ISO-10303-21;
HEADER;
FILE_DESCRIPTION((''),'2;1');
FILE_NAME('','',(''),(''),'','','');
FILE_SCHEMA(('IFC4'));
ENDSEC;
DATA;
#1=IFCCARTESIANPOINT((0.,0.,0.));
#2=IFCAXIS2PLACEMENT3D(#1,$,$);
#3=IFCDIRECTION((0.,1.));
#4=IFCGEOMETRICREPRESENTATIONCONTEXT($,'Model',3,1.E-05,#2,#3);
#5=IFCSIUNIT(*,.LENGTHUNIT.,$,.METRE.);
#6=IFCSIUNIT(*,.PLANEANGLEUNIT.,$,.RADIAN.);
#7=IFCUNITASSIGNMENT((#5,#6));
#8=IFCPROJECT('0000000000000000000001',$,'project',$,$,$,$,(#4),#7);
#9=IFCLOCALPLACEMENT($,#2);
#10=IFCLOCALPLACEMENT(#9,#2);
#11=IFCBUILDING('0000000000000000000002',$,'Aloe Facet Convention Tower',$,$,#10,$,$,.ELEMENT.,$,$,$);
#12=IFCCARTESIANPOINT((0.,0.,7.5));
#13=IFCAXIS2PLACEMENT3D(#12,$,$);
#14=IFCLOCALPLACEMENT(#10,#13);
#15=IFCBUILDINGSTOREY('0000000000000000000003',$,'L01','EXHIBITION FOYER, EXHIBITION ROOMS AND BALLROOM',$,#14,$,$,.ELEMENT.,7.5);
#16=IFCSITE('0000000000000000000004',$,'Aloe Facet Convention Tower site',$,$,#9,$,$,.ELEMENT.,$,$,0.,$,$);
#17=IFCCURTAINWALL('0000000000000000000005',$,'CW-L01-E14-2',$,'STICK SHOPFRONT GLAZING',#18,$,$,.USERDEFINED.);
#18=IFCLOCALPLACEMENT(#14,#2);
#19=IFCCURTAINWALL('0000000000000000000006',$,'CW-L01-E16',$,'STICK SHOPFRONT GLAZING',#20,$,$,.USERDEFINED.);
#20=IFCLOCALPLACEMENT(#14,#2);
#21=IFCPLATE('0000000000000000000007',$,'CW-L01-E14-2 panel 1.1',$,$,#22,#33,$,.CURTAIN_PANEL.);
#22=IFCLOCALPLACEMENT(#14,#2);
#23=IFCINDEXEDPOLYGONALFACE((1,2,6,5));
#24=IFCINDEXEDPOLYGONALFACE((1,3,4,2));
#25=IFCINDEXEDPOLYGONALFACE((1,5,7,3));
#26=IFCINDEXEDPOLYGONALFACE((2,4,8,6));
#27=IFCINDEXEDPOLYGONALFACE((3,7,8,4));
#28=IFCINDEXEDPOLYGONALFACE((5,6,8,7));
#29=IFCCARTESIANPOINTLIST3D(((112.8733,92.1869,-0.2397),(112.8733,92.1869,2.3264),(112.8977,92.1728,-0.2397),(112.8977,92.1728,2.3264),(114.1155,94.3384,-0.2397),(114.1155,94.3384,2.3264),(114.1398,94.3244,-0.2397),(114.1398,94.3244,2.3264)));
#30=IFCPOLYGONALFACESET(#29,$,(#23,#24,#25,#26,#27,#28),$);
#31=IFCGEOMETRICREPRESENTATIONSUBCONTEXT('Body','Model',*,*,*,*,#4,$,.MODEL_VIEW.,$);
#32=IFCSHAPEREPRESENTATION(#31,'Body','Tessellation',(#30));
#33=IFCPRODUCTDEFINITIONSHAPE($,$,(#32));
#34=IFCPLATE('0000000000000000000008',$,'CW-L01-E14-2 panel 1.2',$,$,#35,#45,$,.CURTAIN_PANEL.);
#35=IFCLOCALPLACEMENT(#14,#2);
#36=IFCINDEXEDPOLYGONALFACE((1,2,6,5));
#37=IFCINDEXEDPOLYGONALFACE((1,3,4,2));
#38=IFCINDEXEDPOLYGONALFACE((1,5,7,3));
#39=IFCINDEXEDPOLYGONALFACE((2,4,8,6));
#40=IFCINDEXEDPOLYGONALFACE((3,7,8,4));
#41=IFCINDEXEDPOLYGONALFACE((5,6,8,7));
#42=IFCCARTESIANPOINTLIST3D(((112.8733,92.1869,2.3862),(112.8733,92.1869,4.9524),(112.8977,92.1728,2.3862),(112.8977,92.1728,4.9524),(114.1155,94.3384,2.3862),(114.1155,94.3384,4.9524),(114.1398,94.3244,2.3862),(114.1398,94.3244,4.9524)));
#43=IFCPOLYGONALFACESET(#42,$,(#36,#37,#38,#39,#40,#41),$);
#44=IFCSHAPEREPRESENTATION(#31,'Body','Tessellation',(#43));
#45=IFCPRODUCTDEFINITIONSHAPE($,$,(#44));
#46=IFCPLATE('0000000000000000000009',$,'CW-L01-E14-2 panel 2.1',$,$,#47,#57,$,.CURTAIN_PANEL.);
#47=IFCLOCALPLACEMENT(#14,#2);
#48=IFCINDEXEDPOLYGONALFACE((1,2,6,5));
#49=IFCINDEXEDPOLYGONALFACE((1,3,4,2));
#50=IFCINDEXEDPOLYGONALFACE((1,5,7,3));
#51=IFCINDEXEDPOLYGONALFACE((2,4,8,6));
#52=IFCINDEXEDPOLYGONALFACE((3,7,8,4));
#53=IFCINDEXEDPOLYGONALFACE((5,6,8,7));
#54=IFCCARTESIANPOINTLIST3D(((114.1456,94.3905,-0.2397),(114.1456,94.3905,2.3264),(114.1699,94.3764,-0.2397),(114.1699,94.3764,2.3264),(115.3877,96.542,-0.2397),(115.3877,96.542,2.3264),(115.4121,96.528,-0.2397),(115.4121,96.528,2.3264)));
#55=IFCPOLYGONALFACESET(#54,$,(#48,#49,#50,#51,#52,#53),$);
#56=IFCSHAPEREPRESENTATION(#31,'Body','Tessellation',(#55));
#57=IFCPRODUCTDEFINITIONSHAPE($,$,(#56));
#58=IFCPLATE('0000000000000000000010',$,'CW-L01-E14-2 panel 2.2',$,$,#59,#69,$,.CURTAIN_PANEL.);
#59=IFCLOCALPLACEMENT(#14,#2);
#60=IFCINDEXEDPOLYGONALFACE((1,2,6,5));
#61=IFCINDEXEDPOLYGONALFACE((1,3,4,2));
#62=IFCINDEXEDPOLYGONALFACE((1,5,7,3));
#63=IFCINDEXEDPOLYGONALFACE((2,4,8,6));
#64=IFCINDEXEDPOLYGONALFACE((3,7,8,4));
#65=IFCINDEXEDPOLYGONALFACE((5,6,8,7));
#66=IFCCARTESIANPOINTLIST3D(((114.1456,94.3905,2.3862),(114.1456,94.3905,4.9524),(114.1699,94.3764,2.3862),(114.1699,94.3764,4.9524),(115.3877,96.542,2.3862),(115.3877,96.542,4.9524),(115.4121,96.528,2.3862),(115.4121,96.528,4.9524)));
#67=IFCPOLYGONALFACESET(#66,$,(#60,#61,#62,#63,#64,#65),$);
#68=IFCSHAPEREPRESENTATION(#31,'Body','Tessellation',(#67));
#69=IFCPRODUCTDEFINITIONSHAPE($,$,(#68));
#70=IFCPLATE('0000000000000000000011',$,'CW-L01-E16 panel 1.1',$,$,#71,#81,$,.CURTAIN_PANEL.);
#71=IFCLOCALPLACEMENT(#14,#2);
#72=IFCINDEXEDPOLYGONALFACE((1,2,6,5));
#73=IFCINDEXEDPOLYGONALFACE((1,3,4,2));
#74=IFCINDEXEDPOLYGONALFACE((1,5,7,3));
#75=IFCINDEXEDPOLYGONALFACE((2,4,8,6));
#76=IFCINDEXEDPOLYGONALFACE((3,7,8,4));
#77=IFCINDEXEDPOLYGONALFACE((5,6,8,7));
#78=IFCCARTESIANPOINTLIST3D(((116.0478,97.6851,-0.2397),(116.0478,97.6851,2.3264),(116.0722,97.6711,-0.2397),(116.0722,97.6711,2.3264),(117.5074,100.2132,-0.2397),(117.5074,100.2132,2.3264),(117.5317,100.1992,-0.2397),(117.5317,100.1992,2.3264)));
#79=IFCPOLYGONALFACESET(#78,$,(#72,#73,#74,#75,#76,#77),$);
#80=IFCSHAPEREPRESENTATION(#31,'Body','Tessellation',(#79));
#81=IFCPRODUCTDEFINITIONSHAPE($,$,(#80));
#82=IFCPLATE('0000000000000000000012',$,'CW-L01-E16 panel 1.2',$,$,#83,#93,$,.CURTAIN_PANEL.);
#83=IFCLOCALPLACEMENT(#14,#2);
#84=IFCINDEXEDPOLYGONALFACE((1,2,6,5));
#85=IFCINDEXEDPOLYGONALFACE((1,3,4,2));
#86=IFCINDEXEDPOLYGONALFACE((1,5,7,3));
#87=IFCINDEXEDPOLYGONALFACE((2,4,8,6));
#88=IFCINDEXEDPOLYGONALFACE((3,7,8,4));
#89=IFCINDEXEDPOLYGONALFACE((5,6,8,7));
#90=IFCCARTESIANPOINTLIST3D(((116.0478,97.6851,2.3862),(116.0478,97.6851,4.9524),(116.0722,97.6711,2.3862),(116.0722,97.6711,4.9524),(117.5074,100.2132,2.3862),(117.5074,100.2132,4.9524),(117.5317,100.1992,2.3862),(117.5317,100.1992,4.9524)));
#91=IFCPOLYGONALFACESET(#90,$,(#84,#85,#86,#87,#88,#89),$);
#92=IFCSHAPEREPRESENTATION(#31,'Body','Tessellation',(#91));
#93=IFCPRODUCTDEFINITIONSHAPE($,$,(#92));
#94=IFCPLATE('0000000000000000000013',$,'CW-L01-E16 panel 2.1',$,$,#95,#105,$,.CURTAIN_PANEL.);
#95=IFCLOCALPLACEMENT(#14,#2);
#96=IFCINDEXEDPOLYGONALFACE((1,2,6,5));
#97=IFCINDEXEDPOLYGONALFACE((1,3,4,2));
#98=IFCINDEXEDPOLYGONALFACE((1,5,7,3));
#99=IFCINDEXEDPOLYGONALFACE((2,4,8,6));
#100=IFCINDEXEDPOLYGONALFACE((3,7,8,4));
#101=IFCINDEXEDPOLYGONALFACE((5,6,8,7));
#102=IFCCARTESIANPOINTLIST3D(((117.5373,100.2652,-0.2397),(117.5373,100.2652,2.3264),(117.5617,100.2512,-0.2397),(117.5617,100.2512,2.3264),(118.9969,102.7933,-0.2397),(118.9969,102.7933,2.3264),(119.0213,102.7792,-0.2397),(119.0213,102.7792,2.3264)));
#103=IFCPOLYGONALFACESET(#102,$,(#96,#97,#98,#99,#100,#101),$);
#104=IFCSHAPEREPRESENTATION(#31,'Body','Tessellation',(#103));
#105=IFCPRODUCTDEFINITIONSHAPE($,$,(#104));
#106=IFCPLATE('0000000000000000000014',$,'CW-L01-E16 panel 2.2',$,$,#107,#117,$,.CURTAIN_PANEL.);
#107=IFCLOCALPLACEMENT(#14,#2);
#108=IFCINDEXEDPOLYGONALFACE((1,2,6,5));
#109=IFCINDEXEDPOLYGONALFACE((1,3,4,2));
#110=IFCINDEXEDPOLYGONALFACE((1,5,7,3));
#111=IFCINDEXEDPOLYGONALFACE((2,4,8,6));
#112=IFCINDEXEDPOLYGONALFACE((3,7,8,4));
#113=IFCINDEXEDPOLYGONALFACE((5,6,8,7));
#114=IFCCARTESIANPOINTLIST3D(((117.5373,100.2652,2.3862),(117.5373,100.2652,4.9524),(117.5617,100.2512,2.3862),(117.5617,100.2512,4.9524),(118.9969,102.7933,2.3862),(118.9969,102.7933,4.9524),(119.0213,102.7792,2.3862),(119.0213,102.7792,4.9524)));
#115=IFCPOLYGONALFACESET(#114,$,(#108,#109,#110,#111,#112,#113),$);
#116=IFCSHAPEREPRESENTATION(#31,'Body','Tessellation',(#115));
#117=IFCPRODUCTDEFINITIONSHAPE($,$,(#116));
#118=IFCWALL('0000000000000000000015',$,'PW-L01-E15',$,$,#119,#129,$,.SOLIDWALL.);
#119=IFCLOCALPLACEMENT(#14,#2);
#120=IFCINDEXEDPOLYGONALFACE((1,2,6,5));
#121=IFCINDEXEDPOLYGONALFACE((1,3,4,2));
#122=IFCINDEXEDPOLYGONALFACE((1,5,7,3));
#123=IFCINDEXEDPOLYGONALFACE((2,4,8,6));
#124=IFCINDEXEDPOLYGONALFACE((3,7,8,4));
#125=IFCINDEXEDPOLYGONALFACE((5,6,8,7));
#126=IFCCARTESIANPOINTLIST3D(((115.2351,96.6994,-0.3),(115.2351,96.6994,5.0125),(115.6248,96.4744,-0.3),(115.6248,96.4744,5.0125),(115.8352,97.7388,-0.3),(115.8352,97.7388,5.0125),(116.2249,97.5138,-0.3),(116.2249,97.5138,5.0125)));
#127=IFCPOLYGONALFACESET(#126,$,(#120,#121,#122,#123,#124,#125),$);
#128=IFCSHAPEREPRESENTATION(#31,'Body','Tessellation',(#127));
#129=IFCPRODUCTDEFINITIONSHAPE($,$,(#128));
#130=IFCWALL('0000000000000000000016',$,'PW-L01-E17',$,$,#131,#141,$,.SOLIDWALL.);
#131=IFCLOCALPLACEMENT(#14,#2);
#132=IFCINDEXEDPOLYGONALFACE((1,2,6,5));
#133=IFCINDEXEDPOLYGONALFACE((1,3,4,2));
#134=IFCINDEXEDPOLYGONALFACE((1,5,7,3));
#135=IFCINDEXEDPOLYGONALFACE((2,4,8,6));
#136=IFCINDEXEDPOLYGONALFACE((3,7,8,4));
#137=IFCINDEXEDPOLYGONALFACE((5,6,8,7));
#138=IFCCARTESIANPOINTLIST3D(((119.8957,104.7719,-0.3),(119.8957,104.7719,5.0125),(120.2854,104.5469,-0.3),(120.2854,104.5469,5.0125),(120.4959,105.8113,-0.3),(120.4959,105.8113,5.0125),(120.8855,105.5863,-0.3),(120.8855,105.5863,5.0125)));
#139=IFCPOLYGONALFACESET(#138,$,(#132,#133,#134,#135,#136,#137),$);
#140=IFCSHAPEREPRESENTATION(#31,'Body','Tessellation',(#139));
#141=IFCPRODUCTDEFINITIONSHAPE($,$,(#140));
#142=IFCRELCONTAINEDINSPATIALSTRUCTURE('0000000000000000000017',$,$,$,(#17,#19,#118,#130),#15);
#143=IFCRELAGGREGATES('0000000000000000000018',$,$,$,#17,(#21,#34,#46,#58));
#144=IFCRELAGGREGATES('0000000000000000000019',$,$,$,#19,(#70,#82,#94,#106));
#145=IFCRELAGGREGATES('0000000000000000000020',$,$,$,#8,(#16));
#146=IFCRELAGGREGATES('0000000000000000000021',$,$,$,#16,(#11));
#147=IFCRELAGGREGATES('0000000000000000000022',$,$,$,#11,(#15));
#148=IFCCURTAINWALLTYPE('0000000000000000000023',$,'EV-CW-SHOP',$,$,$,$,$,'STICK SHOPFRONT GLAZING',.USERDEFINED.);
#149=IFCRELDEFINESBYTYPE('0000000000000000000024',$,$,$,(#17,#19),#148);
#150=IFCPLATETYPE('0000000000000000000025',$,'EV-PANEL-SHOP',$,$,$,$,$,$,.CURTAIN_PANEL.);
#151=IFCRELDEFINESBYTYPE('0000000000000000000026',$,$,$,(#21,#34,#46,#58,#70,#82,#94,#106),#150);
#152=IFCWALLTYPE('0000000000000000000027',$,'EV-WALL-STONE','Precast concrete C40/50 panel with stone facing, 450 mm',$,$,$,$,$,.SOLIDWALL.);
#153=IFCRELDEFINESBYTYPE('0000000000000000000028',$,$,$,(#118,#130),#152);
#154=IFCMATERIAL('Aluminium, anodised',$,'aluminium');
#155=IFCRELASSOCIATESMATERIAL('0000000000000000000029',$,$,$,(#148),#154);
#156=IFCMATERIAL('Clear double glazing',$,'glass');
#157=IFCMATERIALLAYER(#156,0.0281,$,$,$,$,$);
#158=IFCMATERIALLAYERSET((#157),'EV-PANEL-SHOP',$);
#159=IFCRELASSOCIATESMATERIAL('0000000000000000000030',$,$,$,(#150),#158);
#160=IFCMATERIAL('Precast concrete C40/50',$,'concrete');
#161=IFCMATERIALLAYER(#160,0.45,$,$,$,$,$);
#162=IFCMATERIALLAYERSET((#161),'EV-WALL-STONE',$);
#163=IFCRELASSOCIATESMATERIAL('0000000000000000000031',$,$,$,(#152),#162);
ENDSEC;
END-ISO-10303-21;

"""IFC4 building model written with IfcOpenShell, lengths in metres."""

from ifc_helpers import new_model, si_unit, direction, frame, frame_2d, origin, origin_2d, place, context, subcontext, project, spatial, rectangle, extrude, material, layer, layer_set, type_object, element, aggregate, save


model = new_model("IFC4")

# Units and contexts
model_context = context("Model", 3, precision=1e-05, world=origin(), true_north=direction((0.0, 1.0)))
body_context = subcontext(model_context, "Body", "Model", "MODEL_VIEW")
ifc_project = project(units=[si_unit("LENGTHUNIT", "METRE"), si_unit("PLANEANGLEUNIT", "RADIAN")], contexts=[model_context])

# Site, building, storey
site_placement = place(None, origin())
site = spatial("IfcSite", under=ifc_project, at=site_placement, Name="Aloe Facet Convention Tower site", CompositionType="ELEMENT", RefElevation=0.0)
building_placement = place(site_placement, origin())
building = spatial("IfcBuilding", under=site, at=building_placement, Name="Aloe Facet Convention Tower", CompositionType="ELEMENT")
storey_placement = place(building_placement, frame((0.0, 0.0, 7.5)))
storey = spatial("IfcBuildingStorey", under=building, at=storey_placement, Name="L01", Description="EXHIBITION FOYER, EXHIBITION ROOMS AND BALLROOM", CompositionType="ELEMENT", Elevation=7.5)

# Curtain walls
ifc_material_1 = material(Name="Aluminium, anodised", Category="aluminium")
curtain_wall_type = type_object("IfcCurtainWallType", Name="EV-CW-SHOP", ElementType="STICK SHOPFRONT GLAZING", PredefinedType="USERDEFINED", material=ifc_material_1)
curtain_wall_1_placement = place(storey_placement, origin())
curtain_wall_1 = element("IfcCurtainWall", 1, at=curtain_wall_1_placement, inside=storey, type_object=curtain_wall_type, Name="CW-L01-E14-2", ObjectType="STICK SHOPFRONT GLAZING", PredefinedType="USERDEFINED")
curtain_wall_2_placement = place(storey_placement, origin())
curtain_wall_2 = element("IfcCurtainWall", 2, at=curtain_wall_2_placement, inside=storey, type_object=curtain_wall_type, Name="CW-L01-E16", ObjectType="STICK SHOPFRONT GLAZING", PredefinedType="USERDEFINED")

# Plates
ifc_material_2 = material(Name="Clear double glazing", Category="glass")
ifc_layer_1 = layer(ifc_material_2, 0.0281)
ifc_layer_set_1 = layer_set([ifc_layer_1], Name="EV-PANEL-SHOP")
plate_type = type_object("IfcPlateType", Name="EV-PANEL-SHOP", PredefinedType="CURTAIN_PANEL", material=ifc_layer_set_1)
plate_1_placement = place(storey_placement, frame((113.5066, 93.2556, -0.2397), z_axis=(0.0, 0.0, 1.0), x_axis=(0.5, 0.866025, 0.0)))
plate_1 = element("IfcPlate", 3, at=plate_1_placement, type_object=plate_type, Name="CW-L01-E14-2 panel 1.1", PredefinedType="CURTAIN_PANEL", context=body_context, shape_type="SweptSolid", body=[
    extrude(rectangle(XDim=2.4844, YDim=0.0281, at=origin_2d()), origin(), (0.0, 0.0, 1.0), 2.5662),
])
plate_2_placement = place(storey_placement, frame((113.5066, 93.2556, 2.3862), z_axis=(0.0, 0.0, 1.0), x_axis=(0.5, 0.866025, 0.0)))
plate_2 = element("IfcPlate", 4, at=plate_2_placement, type_object=plate_type, Name="CW-L01-E14-2 panel 1.2", PredefinedType="CURTAIN_PANEL", context=body_context, shape_type="SweptSolid", body=[
    extrude(rectangle(XDim=2.4844, YDim=0.0281, at=origin_2d()), origin(), (0.0, 0.0, 1.0), 2.5662),
])
plate_3_placement = place(storey_placement, frame((114.7788, 95.4592, -0.2397), z_axis=(0.0, 0.0, 1.0), x_axis=(0.5, 0.866025, 0.0)))
plate_3 = element("IfcPlate", 5, at=plate_3_placement, type_object=plate_type, Name="CW-L01-E14-2 panel 2.1", PredefinedType="CURTAIN_PANEL", context=body_context, shape_type="SweptSolid", body=[
    extrude(rectangle(XDim=2.4844, YDim=0.0281, at=origin_2d()), origin(), (0.0, 0.0, 1.0), 2.5662),
])
plate_4_placement = place(storey_placement, frame((114.7788, 95.4592, 2.3862), z_axis=(0.0, 0.0, 1.0), x_axis=(0.5, 0.866025, 0.0)))
plate_4 = element("IfcPlate", 6, at=plate_4_placement, type_object=plate_type, Name="CW-L01-E14-2 panel 2.2", PredefinedType="CURTAIN_PANEL", context=body_context, shape_type="SweptSolid", body=[
    extrude(rectangle(XDim=2.4844, YDim=0.0281, at=origin_2d()), origin(), (0.0, 0.0, 1.0), 2.5662),
])
aggregate(curtain_wall_1, [plate_1, plate_2, plate_3, plate_4])
plate_5_placement = place(storey_placement, frame((116.7898, 98.9421, -0.2397), z_axis=(0.0, 0.0, 1.0), x_axis=(0.5, 0.866025, 0.0)))
plate_5 = element("IfcPlate", 7, at=plate_5_placement, type_object=plate_type, Name="CW-L01-E16 panel 1.1", PredefinedType="CURTAIN_PANEL", context=body_context, shape_type="SweptSolid", body=[
    extrude(rectangle(XDim=2.9192, YDim=0.0281, at=origin_2d()), origin(), (0.0, 0.0, 1.0), 2.5662),
])
plate_6_placement = place(storey_placement, frame((116.7898, 98.9421, 2.3862), z_axis=(0.0, 0.0, 1.0), x_axis=(0.5, 0.866025, 0.0)))
plate_6 = element("IfcPlate", 8, at=plate_6_placement, type_object=plate_type, Name="CW-L01-E16 panel 1.2", PredefinedType="CURTAIN_PANEL", context=body_context, shape_type="SweptSolid", body=[
    extrude(rectangle(XDim=2.9192, YDim=0.0281, at=origin_2d()), origin(), (0.0, 0.0, 1.0), 2.5662),
])
plate_7_placement = place(storey_placement, frame((118.2793, 101.5222, -0.2397), z_axis=(0.0, 0.0, 1.0), x_axis=(0.5, 0.866025, 0.0)))
plate_7 = element("IfcPlate", 9, at=plate_7_placement, type_object=plate_type, Name="CW-L01-E16 panel 2.1", PredefinedType="CURTAIN_PANEL", context=body_context, shape_type="SweptSolid", body=[
    extrude(rectangle(XDim=2.9192, YDim=0.0281, at=origin_2d()), origin(), (0.0, 0.0, 1.0), 2.5662),
])
plate_8_placement = place(storey_placement, frame((118.2793, 101.5222, 2.3862), z_axis=(0.0, 0.0, 1.0), x_axis=(0.5, 0.866025, 0.0)))
plate_8 = element("IfcPlate", 10, at=plate_8_placement, type_object=plate_type, Name="CW-L01-E16 panel 2.2", PredefinedType="CURTAIN_PANEL", context=body_context, shape_type="SweptSolid", body=[
    extrude(rectangle(XDim=2.9192, YDim=0.0281, at=origin_2d()), origin(), (0.0, 0.0, 1.0), 2.5662),
])
aggregate(curtain_wall_2, [plate_5, plate_6, plate_7, plate_8])

# Walls
ifc_material_3 = material(Name="Precast concrete C40/50", Category="concrete")
ifc_layer_2 = layer(ifc_material_3, 0.45)
ifc_layer_set_2 = layer_set([ifc_layer_2], Name="EV-WALL-STONE")
wall_type = type_object("IfcWallType", Name="EV-WALL-STONE", Description="Precast concrete C40/50 panel with stone facing, 450 mm", PredefinedType="SOLIDWALL", material=ifc_layer_set_2)
for number, where, z_axis, x_axis, name in (
    (11, (115.4299, 96.5869, -0.3), (0.0, 0.0, 1.0), (0.500034, 0.866006, 0.0), "PW-L01-E15"),
    (12, (120.0906, 104.6594, -0.3), (0.0, 0.0, 1.0), (0.500034, 0.866006, 0.0), "PW-L01-E17"),
):
    element("IfcWall", number, at=place(storey_placement, frame(where, z_axis=z_axis, x_axis=x_axis)), inside=storey, type_object=wall_type, Name=name, PredefinedType="SOLIDWALL", context=body_context, shape_type="SweptSolid", body=[
        extrude(rectangle(XDim=1.2002, YDim=0.45, at=frame_2d((0.6001, 0.0))), origin(), (0.0, 0.0, 1.0), 5.3125),
    ])

save(model, "model.ifc")
